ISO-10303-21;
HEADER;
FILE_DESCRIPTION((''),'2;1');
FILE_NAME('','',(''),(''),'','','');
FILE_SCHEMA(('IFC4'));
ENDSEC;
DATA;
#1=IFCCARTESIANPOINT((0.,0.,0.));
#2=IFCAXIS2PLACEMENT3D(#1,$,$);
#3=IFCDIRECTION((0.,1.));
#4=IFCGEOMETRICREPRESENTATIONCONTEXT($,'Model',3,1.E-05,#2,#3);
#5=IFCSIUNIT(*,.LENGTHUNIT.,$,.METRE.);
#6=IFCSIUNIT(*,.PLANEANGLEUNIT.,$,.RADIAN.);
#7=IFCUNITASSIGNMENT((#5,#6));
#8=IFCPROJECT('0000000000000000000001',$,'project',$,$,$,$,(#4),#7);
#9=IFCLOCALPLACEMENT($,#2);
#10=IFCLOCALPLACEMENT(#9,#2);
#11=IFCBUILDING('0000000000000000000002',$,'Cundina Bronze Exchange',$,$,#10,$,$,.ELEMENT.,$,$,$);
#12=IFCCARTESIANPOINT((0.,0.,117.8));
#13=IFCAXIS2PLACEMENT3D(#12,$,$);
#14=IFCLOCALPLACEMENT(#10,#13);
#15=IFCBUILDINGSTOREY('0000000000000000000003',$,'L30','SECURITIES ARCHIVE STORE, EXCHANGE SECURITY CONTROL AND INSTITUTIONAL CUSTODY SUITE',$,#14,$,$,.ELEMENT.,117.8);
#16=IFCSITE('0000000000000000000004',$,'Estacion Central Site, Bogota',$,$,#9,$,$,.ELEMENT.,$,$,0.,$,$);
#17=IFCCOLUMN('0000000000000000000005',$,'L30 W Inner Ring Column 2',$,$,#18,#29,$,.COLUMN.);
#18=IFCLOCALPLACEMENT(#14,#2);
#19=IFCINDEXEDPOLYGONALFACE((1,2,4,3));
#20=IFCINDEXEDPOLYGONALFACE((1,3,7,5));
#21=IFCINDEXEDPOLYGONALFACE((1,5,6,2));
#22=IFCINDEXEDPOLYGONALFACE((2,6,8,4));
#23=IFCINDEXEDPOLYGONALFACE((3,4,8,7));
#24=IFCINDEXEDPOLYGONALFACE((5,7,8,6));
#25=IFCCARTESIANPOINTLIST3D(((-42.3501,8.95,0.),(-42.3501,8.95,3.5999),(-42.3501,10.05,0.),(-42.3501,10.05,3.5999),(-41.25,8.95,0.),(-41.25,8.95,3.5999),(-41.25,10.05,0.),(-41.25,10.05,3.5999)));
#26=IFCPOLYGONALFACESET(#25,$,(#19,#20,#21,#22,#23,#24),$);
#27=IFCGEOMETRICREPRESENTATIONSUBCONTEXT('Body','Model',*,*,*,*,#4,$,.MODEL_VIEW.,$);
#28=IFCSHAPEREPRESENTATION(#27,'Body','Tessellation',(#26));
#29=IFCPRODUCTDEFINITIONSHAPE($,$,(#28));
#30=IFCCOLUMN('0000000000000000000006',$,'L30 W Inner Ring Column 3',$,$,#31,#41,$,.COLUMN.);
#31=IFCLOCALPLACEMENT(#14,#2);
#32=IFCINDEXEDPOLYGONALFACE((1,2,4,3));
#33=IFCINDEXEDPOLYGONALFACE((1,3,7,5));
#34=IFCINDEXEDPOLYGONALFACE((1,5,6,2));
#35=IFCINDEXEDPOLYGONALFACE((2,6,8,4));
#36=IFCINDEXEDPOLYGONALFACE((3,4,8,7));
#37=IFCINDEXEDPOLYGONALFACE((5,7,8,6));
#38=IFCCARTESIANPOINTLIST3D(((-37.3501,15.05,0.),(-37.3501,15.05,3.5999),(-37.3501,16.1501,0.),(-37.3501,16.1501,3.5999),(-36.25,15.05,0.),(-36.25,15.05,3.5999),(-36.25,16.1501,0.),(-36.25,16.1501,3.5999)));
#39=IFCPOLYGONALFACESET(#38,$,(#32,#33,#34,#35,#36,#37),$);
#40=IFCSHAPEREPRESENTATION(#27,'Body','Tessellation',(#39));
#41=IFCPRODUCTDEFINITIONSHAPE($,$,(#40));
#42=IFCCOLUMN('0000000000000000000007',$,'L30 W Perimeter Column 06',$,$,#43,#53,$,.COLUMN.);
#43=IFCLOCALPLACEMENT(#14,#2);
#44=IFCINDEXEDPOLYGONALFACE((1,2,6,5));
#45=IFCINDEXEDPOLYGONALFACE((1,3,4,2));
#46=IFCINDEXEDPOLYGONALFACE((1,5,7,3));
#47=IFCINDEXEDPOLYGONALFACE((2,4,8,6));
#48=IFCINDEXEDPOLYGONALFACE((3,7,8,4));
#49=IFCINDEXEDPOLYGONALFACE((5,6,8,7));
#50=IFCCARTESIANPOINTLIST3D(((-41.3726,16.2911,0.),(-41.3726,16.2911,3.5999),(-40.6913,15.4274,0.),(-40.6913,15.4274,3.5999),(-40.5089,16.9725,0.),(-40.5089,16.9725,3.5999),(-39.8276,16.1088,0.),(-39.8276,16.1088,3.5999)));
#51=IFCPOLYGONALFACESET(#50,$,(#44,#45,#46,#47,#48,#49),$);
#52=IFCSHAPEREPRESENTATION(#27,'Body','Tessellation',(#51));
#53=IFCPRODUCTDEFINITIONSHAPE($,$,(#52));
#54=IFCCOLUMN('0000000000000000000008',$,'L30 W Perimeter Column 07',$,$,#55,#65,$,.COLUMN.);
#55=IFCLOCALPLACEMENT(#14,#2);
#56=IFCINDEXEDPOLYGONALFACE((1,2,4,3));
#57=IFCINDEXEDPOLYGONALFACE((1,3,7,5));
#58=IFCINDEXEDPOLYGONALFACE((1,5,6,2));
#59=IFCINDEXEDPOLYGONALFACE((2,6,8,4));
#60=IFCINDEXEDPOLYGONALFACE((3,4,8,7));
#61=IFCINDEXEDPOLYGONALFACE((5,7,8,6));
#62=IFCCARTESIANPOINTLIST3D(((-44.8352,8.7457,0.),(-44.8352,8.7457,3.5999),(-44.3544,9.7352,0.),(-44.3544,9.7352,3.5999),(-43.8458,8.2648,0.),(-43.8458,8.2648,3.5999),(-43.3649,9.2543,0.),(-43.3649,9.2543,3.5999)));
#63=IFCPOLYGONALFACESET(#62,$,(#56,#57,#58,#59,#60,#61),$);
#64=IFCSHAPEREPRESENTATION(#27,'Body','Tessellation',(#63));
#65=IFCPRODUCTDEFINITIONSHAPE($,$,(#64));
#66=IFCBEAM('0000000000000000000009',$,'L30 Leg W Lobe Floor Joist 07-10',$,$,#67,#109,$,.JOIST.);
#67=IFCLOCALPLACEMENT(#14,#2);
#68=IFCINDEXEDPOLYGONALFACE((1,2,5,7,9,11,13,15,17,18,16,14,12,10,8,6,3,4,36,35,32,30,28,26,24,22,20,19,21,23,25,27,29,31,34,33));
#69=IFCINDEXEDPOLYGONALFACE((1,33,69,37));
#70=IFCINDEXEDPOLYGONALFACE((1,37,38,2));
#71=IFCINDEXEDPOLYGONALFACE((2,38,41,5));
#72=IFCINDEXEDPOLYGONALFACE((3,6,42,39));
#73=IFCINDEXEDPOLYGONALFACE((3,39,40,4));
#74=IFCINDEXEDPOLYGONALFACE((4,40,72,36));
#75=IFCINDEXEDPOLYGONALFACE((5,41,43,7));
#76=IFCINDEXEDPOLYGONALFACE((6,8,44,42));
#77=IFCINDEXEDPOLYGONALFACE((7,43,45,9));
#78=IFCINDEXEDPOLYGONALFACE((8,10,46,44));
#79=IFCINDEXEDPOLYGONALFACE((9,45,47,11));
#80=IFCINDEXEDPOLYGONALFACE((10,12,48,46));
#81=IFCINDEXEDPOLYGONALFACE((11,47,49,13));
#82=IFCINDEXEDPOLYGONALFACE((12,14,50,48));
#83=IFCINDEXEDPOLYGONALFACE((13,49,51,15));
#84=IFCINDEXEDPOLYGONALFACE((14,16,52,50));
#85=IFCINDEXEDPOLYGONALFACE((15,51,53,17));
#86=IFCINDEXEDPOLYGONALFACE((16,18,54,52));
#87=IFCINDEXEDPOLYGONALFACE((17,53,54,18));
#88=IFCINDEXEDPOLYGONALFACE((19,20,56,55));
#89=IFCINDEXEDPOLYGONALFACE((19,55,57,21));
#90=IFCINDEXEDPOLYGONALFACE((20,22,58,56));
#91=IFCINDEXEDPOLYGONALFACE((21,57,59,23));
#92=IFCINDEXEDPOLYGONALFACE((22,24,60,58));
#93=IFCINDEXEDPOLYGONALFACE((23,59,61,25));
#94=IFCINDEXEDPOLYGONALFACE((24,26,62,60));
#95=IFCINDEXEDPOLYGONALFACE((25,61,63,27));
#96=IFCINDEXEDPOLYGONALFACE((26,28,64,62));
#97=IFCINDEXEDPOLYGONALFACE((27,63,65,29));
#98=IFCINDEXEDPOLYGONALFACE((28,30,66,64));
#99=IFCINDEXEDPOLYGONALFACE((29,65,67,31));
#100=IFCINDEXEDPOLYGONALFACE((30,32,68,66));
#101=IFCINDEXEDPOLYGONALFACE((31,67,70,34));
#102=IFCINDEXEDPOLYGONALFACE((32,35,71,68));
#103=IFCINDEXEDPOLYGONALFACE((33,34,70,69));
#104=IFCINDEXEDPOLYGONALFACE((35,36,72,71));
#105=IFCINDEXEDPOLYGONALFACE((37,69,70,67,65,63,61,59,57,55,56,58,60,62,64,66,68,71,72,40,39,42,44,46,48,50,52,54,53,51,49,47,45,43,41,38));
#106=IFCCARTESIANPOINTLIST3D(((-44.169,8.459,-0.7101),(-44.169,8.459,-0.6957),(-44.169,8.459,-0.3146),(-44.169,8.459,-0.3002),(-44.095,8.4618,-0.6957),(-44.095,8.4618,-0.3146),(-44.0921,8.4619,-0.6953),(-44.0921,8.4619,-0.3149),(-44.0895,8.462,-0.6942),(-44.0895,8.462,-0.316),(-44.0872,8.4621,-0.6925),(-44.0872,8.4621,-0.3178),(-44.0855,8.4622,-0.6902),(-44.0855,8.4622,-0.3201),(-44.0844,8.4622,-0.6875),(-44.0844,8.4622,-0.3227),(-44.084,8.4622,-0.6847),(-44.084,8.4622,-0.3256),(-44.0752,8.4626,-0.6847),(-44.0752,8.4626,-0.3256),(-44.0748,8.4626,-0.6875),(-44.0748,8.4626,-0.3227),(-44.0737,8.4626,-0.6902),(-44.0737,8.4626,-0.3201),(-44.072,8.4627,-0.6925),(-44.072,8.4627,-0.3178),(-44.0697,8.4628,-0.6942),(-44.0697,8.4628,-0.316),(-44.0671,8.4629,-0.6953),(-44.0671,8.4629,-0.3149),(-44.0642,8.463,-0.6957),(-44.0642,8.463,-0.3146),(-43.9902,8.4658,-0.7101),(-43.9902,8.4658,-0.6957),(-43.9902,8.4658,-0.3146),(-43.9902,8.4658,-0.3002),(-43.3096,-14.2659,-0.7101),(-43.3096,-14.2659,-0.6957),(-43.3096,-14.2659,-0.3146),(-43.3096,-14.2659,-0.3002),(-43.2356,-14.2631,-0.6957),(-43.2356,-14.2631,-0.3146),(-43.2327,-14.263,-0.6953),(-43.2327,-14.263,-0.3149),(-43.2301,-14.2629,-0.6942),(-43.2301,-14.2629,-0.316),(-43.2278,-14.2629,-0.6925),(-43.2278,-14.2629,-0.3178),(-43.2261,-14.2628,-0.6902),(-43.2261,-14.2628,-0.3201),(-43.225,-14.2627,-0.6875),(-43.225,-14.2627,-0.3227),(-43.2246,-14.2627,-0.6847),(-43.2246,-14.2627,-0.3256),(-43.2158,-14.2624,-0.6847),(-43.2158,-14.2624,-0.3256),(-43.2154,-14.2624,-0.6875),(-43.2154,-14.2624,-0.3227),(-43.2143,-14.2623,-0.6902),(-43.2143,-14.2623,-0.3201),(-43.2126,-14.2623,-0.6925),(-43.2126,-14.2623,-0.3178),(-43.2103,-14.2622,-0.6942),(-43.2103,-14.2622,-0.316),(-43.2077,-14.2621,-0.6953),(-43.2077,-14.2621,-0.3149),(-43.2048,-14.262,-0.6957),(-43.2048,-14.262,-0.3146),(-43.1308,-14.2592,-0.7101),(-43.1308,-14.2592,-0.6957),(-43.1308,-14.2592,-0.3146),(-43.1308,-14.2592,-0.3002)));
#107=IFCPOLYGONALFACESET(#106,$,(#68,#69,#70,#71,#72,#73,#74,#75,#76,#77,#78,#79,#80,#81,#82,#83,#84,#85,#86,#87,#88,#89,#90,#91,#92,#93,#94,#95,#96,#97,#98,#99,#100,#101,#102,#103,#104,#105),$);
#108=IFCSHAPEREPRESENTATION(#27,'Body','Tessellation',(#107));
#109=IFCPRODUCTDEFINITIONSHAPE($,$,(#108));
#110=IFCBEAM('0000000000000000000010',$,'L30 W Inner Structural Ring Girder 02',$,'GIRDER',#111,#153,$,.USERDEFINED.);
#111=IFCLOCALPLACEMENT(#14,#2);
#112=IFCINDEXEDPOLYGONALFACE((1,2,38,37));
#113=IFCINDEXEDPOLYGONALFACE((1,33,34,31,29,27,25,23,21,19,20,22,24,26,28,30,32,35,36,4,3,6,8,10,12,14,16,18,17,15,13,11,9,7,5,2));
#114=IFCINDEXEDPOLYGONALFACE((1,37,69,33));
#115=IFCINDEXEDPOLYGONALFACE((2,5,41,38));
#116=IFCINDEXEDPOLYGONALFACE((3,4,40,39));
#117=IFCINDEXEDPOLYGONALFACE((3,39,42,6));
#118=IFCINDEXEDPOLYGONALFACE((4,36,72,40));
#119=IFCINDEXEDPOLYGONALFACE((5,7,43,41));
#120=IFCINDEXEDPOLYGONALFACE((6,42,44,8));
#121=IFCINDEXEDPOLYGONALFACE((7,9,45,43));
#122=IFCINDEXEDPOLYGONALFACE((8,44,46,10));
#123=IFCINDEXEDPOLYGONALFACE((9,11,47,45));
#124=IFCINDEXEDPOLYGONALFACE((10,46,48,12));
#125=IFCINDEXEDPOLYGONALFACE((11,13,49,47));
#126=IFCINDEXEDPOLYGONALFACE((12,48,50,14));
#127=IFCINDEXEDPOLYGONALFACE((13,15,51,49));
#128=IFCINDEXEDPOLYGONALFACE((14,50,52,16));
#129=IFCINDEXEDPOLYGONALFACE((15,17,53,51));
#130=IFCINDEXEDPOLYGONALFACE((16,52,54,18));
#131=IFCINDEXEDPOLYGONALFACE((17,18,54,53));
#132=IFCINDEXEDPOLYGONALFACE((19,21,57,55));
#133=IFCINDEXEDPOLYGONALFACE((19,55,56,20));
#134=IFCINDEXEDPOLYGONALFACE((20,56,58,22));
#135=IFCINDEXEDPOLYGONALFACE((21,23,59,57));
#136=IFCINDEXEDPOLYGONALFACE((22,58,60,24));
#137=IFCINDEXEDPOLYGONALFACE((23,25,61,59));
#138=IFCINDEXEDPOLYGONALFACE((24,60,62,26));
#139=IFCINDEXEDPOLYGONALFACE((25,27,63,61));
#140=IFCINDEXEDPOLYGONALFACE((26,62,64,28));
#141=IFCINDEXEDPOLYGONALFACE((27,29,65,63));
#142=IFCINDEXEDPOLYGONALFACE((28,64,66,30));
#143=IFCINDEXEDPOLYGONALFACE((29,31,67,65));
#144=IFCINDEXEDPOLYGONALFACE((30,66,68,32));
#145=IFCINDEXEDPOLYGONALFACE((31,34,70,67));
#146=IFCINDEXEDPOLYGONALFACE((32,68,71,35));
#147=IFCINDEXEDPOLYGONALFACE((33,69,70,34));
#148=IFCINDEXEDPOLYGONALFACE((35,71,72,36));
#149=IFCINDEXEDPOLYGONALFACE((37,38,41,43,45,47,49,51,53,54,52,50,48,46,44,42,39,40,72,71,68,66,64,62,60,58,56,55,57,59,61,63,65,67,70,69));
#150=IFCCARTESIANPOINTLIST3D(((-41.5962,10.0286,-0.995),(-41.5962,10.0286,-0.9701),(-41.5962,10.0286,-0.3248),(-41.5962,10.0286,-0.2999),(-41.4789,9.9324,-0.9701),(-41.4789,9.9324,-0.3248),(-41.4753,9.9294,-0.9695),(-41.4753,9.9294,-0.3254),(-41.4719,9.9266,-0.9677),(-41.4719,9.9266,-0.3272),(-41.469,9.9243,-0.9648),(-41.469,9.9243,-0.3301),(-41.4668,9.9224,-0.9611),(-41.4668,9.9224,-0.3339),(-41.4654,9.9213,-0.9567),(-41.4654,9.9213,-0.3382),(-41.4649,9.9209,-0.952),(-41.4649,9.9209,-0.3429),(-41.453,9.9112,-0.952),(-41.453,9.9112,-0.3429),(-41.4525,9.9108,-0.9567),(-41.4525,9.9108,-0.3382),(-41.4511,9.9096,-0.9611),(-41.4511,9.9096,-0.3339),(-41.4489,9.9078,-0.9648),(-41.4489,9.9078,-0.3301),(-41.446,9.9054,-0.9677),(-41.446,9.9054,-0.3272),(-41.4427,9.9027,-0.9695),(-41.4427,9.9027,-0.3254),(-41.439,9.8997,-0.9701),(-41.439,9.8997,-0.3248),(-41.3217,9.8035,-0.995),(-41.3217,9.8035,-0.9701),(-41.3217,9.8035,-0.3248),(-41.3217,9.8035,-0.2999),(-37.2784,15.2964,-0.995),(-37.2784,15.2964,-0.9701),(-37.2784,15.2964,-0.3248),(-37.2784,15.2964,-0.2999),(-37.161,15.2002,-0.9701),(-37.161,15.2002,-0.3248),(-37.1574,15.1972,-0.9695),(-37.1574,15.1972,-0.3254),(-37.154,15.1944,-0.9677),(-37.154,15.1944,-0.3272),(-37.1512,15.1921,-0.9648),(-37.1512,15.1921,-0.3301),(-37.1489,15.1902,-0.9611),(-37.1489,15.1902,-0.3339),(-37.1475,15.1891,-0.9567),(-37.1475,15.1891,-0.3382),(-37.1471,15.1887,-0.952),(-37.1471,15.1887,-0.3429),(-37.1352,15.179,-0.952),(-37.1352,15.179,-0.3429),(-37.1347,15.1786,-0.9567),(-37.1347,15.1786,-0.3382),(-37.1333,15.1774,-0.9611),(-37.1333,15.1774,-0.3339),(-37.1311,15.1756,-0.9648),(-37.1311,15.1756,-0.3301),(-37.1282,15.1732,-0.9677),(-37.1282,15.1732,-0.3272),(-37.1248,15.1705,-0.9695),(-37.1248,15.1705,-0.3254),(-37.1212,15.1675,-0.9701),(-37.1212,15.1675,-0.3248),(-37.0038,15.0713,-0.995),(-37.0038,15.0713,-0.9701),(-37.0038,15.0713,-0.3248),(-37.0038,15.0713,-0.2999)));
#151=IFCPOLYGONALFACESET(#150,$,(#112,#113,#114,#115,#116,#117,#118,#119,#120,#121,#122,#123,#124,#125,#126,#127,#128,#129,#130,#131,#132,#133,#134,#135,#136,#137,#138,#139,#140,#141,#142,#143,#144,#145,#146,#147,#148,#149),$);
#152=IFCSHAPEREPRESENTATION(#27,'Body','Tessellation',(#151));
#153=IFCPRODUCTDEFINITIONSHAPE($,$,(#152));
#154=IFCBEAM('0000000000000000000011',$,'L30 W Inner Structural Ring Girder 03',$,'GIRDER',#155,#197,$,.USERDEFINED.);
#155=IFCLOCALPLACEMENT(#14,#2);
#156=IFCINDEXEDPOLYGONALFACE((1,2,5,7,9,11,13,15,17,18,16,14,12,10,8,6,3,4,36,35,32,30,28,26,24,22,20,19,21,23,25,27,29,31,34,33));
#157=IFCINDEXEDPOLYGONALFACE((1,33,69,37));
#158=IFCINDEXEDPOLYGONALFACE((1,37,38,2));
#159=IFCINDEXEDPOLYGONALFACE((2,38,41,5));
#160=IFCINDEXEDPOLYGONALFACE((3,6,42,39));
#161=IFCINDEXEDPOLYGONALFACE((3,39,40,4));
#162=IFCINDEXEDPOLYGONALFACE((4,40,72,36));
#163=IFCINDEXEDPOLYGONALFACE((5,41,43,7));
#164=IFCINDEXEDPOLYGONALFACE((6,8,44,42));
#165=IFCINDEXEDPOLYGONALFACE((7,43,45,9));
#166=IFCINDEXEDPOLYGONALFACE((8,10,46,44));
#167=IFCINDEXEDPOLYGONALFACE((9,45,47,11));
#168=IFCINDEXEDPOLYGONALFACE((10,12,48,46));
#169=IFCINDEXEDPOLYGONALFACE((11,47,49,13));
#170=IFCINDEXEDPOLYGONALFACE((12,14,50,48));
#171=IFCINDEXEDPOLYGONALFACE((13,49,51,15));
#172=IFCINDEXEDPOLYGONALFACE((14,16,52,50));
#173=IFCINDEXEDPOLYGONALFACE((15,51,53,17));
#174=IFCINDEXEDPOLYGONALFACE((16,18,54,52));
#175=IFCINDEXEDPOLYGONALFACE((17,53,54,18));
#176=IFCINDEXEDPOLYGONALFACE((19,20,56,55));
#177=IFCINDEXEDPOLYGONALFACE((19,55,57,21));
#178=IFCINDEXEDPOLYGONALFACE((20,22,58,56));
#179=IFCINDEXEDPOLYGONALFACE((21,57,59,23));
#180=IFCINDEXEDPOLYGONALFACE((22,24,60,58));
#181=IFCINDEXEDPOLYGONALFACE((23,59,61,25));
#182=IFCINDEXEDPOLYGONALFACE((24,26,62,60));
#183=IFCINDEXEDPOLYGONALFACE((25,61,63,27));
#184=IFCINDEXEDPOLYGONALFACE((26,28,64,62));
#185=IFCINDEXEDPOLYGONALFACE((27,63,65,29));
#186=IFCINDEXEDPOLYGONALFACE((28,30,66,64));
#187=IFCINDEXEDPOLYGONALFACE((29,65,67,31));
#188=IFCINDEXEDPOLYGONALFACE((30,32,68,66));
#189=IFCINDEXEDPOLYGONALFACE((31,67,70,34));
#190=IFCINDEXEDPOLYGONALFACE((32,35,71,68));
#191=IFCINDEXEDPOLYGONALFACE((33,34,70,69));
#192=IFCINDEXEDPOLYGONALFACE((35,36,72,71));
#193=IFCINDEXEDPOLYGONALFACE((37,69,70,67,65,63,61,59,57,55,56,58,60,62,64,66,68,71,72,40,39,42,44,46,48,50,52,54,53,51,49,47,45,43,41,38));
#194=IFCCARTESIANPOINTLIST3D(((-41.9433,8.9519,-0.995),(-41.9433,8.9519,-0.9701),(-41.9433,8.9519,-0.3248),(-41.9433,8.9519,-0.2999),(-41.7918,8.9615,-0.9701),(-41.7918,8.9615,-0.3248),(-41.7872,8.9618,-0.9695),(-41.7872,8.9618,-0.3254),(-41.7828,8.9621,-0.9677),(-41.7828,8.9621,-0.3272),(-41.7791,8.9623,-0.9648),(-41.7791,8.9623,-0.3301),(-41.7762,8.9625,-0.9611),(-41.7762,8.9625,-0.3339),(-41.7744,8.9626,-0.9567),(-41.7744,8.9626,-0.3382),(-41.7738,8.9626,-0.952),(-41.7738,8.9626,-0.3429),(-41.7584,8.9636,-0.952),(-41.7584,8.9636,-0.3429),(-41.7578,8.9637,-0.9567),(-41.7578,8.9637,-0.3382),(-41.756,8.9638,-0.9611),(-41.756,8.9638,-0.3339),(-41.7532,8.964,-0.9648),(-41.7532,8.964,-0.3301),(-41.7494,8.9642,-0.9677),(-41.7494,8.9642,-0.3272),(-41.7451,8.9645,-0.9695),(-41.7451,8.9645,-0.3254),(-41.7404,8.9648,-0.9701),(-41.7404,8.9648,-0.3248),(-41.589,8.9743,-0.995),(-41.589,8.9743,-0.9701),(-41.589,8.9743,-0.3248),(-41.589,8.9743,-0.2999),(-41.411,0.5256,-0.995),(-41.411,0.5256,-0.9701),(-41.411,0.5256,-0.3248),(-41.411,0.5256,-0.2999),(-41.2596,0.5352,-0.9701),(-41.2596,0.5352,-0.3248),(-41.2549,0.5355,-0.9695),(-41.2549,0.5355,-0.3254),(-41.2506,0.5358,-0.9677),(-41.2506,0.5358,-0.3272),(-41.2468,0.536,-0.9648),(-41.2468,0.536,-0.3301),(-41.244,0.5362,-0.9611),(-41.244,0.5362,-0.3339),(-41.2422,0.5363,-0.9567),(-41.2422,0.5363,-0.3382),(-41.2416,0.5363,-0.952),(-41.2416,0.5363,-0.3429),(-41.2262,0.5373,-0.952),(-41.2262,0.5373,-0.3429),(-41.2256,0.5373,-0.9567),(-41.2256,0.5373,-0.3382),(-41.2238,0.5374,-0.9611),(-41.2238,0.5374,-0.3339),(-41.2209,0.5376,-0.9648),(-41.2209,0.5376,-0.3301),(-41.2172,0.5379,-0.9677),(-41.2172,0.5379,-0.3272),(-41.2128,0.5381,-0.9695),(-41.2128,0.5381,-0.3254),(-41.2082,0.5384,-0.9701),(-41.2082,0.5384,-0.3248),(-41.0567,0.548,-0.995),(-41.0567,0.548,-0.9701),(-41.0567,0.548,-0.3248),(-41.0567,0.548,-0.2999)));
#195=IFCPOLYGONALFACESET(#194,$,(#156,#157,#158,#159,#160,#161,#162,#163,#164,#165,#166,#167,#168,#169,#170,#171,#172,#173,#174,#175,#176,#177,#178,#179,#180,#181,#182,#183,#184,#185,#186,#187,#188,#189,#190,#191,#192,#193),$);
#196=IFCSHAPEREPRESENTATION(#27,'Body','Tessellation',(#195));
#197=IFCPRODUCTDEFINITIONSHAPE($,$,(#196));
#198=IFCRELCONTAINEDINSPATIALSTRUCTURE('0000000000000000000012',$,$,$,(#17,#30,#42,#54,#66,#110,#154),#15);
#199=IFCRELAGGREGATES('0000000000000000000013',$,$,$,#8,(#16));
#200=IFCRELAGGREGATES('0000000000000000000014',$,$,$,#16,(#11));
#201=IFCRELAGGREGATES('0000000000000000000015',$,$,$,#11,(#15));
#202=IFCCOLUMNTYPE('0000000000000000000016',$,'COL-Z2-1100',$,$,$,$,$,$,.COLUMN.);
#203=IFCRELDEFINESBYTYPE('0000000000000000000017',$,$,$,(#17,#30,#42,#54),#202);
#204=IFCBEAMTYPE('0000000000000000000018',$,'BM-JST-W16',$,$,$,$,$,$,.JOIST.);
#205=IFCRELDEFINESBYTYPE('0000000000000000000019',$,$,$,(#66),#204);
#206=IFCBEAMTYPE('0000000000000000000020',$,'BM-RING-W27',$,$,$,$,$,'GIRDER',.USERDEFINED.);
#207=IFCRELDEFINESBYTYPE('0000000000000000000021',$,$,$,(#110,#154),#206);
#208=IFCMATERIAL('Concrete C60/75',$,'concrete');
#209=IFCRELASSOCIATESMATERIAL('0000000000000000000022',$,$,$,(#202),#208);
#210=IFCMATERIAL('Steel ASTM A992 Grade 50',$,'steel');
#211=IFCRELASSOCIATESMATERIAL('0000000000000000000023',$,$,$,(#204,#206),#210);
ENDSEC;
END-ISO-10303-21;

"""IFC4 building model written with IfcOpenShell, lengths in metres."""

from ifc_helpers import new_model, si_unit, direction, frame, origin, origin_2d, place, context, subcontext, project, spatial, rectangle, i_section, extrude, material, material_profile, profile_set, type_object, element, save


model = new_model("IFC4")

# Units and contexts
model_context = context("Model", 3, precision=1e-05, world=origin(), true_north=direction((0.0, 1.0)))
body_context = subcontext(model_context, "Body", "Model", "MODEL_VIEW")
ifc_project = project(units=[si_unit("LENGTHUNIT", "METRE"), si_unit("PLANEANGLEUNIT", "RADIAN")], contexts=[model_context])

# Site, building, storey
site_placement = place(None, origin())
site = spatial("IfcSite", under=ifc_project, at=site_placement, Name="Estacion Central Site, Bogota", CompositionType="ELEMENT", RefElevation=0.0)
building_placement = place(site_placement, origin())
building = spatial("IfcBuilding", under=site, at=building_placement, Name="Cundina Bronze Exchange", CompositionType="ELEMENT")
storey_placement = place(building_placement, frame((0.0, 0.0, 117.8)))
storey = spatial("IfcBuildingStorey", under=building, at=storey_placement, Name="L30", Description="SECURITIES ARCHIVE STORE, EXCHANGE SECURITY CONTROL AND INSTITUTIONAL CUSTODY SUITE", CompositionType="ELEMENT", Elevation=117.8)

# Columns
ifc_material_1 = material(Name="Concrete C60/75", Category="concrete")
ifc_material_profile_1 = material_profile(ifc_material_1, rectangle(XDim=1.1001, YDim=1.1001, at=origin_2d()), Name="RC1100X1100", Category="concrete")
ifc_profile_set_1 = profile_set([ifc_material_profile_1], Name="Concrete C60/75")
column_type = type_object("IfcColumnType", Name="COL-Z2-1100", PredefinedType="COLUMN", material=ifc_profile_set_1)
for number, where, z_axis, x_axis, name in (
    (1, (-41.8, 9.5, 0.0), (0.0, 0.0, 1.0), (1.0, 0.0, 0.0), "L30 W Inner Ring Column 2"),
    (2, (-36.8, 15.6001, 0.0), (0.0, 0.0, 1.0), (1.0, 0.0, 0.0), "L30 W Inner Ring Column 3"),
    (3, (-40.6001, 16.2, 0.0), (0.0, 0.0, 1.0), (-0.785101, -0.619368, 0.0), "L30 W Perimeter Column 06"),
    (4, (-44.1001, 9.0, 0.0), (0.0, 0.0, 1.0), (-0.437116, -0.899405, 0.0), "L30 W Perimeter Column 07"),
):
    element("IfcColumn", number, at=place(storey_placement, frame(where, z_axis=z_axis, x_axis=x_axis)), inside=storey, type_object=column_type, Name=name, PredefinedType="COLUMN", context=body_context, shape_type="SweptSolid", body=[
        extrude(rectangle(XDim=1.1001, YDim=1.1001, at=origin_2d()), origin(), (0.0, 0.0, 1.0), 3.5999),
    ])

# Beams
ifc_material_2 = material(Name="Steel ASTM A992 Grade 50", Category="steel")
ifc_material_profile_2 = material_profile(ifc_material_2, i_section(OverallWidth=0.179, OverallDepth=0.4099, WebThickness=0.0088, FlangeThickness=0.0144, FilletRadius=0.011, at=origin_2d()), Name="W16X45", Category="steel")
ifc_profile_set_2 = profile_set([ifc_material_profile_2], Name="Steel ASTM A992 Grade 50")
beam_type_1 = type_object("IfcBeamType", Name="BM-JST-W16", PredefinedType="JOIST", material=ifc_profile_set_2)
beam_1_placement = place(storey_placement, frame((-44.0796, 8.4624, -0.5051), z_axis=(0.03779, -0.999286, 0.0), x_axis=(0.999286, 0.03779, 0.0)))
element("IfcBeam", 5, at=beam_1_placement, inside=storey, type_object=beam_type_1, Name="L30 Leg W Lobe Floor Joist 07-10", PredefinedType="JOIST", context=body_context, shape_type="SweptSolid", body=[
    extrude(i_section(OverallWidth=0.179, OverallDepth=0.4099, WebThickness=0.0088, FlangeThickness=0.0144, FilletRadius=0.011, at=origin_2d()), origin(), (0.0, 0.0, 1.0), 22.7412),
])
ifc_material_profile_3 = material_profile(ifc_material_2, i_section(OverallWidth=0.355, OverallDepth=0.6951, WebThickness=0.0154, FlangeThickness=0.0249, FilletRadius=0.0181, at=origin_2d()), Name="W27X146", Category="steel")
ifc_profile_set_3 = profile_set([ifc_material_profile_3], Name="Steel ASTM A992 Grade 50")
beam_type_2 = type_object("IfcBeamType", Name="BM-RING-W27", ElementType="GIRDER", PredefinedType="USERDEFINED", material=ifc_profile_set_3)
beam_2_placement = place(storey_placement, frame((-37.1411, 15.1838, -0.6475), z_axis=(-0.633927, -0.773393, 0.0), x_axis=(0.773393, -0.633927, 0.0)))
element("IfcBeam", 6, at=beam_2_placement, inside=storey, type_object=beam_type_2, Name="L30 W Inner Structural Ring Girder 02", ObjectType="GIRDER", PredefinedType="USERDEFINED", context=body_context, shape_type="SweptSolid", body=[
    extrude(i_section(OverallWidth=0.355, OverallDepth=0.6951, WebThickness=0.0154, FlangeThickness=0.0249, FilletRadius=0.0181, at=origin_2d()), origin(), (0.0, 0.0, 1.0), 6.8113),
])
beam_3_placement = place(storey_placement, frame((-41.7661, 8.9631, -0.6475), z_axis=(0.063037, -0.998011, 0.0), x_axis=(0.998011, 0.063037, 0.0)))
element("IfcBeam", 7, at=beam_3_placement, inside=storey, type_object=beam_type_2, Name="L30 W Inner Structural Ring Girder 03", ObjectType="GIRDER", PredefinedType="USERDEFINED", context=body_context, shape_type="SweptSolid", body=[
    extrude(i_section(OverallWidth=0.355, OverallDepth=0.6951, WebThickness=0.0154, FlangeThickness=0.0249, FilletRadius=0.0181, at=origin_2d()), origin(), (0.0, 0.0, 1.0), 8.4431),
])

save(model, "model.ifc")
